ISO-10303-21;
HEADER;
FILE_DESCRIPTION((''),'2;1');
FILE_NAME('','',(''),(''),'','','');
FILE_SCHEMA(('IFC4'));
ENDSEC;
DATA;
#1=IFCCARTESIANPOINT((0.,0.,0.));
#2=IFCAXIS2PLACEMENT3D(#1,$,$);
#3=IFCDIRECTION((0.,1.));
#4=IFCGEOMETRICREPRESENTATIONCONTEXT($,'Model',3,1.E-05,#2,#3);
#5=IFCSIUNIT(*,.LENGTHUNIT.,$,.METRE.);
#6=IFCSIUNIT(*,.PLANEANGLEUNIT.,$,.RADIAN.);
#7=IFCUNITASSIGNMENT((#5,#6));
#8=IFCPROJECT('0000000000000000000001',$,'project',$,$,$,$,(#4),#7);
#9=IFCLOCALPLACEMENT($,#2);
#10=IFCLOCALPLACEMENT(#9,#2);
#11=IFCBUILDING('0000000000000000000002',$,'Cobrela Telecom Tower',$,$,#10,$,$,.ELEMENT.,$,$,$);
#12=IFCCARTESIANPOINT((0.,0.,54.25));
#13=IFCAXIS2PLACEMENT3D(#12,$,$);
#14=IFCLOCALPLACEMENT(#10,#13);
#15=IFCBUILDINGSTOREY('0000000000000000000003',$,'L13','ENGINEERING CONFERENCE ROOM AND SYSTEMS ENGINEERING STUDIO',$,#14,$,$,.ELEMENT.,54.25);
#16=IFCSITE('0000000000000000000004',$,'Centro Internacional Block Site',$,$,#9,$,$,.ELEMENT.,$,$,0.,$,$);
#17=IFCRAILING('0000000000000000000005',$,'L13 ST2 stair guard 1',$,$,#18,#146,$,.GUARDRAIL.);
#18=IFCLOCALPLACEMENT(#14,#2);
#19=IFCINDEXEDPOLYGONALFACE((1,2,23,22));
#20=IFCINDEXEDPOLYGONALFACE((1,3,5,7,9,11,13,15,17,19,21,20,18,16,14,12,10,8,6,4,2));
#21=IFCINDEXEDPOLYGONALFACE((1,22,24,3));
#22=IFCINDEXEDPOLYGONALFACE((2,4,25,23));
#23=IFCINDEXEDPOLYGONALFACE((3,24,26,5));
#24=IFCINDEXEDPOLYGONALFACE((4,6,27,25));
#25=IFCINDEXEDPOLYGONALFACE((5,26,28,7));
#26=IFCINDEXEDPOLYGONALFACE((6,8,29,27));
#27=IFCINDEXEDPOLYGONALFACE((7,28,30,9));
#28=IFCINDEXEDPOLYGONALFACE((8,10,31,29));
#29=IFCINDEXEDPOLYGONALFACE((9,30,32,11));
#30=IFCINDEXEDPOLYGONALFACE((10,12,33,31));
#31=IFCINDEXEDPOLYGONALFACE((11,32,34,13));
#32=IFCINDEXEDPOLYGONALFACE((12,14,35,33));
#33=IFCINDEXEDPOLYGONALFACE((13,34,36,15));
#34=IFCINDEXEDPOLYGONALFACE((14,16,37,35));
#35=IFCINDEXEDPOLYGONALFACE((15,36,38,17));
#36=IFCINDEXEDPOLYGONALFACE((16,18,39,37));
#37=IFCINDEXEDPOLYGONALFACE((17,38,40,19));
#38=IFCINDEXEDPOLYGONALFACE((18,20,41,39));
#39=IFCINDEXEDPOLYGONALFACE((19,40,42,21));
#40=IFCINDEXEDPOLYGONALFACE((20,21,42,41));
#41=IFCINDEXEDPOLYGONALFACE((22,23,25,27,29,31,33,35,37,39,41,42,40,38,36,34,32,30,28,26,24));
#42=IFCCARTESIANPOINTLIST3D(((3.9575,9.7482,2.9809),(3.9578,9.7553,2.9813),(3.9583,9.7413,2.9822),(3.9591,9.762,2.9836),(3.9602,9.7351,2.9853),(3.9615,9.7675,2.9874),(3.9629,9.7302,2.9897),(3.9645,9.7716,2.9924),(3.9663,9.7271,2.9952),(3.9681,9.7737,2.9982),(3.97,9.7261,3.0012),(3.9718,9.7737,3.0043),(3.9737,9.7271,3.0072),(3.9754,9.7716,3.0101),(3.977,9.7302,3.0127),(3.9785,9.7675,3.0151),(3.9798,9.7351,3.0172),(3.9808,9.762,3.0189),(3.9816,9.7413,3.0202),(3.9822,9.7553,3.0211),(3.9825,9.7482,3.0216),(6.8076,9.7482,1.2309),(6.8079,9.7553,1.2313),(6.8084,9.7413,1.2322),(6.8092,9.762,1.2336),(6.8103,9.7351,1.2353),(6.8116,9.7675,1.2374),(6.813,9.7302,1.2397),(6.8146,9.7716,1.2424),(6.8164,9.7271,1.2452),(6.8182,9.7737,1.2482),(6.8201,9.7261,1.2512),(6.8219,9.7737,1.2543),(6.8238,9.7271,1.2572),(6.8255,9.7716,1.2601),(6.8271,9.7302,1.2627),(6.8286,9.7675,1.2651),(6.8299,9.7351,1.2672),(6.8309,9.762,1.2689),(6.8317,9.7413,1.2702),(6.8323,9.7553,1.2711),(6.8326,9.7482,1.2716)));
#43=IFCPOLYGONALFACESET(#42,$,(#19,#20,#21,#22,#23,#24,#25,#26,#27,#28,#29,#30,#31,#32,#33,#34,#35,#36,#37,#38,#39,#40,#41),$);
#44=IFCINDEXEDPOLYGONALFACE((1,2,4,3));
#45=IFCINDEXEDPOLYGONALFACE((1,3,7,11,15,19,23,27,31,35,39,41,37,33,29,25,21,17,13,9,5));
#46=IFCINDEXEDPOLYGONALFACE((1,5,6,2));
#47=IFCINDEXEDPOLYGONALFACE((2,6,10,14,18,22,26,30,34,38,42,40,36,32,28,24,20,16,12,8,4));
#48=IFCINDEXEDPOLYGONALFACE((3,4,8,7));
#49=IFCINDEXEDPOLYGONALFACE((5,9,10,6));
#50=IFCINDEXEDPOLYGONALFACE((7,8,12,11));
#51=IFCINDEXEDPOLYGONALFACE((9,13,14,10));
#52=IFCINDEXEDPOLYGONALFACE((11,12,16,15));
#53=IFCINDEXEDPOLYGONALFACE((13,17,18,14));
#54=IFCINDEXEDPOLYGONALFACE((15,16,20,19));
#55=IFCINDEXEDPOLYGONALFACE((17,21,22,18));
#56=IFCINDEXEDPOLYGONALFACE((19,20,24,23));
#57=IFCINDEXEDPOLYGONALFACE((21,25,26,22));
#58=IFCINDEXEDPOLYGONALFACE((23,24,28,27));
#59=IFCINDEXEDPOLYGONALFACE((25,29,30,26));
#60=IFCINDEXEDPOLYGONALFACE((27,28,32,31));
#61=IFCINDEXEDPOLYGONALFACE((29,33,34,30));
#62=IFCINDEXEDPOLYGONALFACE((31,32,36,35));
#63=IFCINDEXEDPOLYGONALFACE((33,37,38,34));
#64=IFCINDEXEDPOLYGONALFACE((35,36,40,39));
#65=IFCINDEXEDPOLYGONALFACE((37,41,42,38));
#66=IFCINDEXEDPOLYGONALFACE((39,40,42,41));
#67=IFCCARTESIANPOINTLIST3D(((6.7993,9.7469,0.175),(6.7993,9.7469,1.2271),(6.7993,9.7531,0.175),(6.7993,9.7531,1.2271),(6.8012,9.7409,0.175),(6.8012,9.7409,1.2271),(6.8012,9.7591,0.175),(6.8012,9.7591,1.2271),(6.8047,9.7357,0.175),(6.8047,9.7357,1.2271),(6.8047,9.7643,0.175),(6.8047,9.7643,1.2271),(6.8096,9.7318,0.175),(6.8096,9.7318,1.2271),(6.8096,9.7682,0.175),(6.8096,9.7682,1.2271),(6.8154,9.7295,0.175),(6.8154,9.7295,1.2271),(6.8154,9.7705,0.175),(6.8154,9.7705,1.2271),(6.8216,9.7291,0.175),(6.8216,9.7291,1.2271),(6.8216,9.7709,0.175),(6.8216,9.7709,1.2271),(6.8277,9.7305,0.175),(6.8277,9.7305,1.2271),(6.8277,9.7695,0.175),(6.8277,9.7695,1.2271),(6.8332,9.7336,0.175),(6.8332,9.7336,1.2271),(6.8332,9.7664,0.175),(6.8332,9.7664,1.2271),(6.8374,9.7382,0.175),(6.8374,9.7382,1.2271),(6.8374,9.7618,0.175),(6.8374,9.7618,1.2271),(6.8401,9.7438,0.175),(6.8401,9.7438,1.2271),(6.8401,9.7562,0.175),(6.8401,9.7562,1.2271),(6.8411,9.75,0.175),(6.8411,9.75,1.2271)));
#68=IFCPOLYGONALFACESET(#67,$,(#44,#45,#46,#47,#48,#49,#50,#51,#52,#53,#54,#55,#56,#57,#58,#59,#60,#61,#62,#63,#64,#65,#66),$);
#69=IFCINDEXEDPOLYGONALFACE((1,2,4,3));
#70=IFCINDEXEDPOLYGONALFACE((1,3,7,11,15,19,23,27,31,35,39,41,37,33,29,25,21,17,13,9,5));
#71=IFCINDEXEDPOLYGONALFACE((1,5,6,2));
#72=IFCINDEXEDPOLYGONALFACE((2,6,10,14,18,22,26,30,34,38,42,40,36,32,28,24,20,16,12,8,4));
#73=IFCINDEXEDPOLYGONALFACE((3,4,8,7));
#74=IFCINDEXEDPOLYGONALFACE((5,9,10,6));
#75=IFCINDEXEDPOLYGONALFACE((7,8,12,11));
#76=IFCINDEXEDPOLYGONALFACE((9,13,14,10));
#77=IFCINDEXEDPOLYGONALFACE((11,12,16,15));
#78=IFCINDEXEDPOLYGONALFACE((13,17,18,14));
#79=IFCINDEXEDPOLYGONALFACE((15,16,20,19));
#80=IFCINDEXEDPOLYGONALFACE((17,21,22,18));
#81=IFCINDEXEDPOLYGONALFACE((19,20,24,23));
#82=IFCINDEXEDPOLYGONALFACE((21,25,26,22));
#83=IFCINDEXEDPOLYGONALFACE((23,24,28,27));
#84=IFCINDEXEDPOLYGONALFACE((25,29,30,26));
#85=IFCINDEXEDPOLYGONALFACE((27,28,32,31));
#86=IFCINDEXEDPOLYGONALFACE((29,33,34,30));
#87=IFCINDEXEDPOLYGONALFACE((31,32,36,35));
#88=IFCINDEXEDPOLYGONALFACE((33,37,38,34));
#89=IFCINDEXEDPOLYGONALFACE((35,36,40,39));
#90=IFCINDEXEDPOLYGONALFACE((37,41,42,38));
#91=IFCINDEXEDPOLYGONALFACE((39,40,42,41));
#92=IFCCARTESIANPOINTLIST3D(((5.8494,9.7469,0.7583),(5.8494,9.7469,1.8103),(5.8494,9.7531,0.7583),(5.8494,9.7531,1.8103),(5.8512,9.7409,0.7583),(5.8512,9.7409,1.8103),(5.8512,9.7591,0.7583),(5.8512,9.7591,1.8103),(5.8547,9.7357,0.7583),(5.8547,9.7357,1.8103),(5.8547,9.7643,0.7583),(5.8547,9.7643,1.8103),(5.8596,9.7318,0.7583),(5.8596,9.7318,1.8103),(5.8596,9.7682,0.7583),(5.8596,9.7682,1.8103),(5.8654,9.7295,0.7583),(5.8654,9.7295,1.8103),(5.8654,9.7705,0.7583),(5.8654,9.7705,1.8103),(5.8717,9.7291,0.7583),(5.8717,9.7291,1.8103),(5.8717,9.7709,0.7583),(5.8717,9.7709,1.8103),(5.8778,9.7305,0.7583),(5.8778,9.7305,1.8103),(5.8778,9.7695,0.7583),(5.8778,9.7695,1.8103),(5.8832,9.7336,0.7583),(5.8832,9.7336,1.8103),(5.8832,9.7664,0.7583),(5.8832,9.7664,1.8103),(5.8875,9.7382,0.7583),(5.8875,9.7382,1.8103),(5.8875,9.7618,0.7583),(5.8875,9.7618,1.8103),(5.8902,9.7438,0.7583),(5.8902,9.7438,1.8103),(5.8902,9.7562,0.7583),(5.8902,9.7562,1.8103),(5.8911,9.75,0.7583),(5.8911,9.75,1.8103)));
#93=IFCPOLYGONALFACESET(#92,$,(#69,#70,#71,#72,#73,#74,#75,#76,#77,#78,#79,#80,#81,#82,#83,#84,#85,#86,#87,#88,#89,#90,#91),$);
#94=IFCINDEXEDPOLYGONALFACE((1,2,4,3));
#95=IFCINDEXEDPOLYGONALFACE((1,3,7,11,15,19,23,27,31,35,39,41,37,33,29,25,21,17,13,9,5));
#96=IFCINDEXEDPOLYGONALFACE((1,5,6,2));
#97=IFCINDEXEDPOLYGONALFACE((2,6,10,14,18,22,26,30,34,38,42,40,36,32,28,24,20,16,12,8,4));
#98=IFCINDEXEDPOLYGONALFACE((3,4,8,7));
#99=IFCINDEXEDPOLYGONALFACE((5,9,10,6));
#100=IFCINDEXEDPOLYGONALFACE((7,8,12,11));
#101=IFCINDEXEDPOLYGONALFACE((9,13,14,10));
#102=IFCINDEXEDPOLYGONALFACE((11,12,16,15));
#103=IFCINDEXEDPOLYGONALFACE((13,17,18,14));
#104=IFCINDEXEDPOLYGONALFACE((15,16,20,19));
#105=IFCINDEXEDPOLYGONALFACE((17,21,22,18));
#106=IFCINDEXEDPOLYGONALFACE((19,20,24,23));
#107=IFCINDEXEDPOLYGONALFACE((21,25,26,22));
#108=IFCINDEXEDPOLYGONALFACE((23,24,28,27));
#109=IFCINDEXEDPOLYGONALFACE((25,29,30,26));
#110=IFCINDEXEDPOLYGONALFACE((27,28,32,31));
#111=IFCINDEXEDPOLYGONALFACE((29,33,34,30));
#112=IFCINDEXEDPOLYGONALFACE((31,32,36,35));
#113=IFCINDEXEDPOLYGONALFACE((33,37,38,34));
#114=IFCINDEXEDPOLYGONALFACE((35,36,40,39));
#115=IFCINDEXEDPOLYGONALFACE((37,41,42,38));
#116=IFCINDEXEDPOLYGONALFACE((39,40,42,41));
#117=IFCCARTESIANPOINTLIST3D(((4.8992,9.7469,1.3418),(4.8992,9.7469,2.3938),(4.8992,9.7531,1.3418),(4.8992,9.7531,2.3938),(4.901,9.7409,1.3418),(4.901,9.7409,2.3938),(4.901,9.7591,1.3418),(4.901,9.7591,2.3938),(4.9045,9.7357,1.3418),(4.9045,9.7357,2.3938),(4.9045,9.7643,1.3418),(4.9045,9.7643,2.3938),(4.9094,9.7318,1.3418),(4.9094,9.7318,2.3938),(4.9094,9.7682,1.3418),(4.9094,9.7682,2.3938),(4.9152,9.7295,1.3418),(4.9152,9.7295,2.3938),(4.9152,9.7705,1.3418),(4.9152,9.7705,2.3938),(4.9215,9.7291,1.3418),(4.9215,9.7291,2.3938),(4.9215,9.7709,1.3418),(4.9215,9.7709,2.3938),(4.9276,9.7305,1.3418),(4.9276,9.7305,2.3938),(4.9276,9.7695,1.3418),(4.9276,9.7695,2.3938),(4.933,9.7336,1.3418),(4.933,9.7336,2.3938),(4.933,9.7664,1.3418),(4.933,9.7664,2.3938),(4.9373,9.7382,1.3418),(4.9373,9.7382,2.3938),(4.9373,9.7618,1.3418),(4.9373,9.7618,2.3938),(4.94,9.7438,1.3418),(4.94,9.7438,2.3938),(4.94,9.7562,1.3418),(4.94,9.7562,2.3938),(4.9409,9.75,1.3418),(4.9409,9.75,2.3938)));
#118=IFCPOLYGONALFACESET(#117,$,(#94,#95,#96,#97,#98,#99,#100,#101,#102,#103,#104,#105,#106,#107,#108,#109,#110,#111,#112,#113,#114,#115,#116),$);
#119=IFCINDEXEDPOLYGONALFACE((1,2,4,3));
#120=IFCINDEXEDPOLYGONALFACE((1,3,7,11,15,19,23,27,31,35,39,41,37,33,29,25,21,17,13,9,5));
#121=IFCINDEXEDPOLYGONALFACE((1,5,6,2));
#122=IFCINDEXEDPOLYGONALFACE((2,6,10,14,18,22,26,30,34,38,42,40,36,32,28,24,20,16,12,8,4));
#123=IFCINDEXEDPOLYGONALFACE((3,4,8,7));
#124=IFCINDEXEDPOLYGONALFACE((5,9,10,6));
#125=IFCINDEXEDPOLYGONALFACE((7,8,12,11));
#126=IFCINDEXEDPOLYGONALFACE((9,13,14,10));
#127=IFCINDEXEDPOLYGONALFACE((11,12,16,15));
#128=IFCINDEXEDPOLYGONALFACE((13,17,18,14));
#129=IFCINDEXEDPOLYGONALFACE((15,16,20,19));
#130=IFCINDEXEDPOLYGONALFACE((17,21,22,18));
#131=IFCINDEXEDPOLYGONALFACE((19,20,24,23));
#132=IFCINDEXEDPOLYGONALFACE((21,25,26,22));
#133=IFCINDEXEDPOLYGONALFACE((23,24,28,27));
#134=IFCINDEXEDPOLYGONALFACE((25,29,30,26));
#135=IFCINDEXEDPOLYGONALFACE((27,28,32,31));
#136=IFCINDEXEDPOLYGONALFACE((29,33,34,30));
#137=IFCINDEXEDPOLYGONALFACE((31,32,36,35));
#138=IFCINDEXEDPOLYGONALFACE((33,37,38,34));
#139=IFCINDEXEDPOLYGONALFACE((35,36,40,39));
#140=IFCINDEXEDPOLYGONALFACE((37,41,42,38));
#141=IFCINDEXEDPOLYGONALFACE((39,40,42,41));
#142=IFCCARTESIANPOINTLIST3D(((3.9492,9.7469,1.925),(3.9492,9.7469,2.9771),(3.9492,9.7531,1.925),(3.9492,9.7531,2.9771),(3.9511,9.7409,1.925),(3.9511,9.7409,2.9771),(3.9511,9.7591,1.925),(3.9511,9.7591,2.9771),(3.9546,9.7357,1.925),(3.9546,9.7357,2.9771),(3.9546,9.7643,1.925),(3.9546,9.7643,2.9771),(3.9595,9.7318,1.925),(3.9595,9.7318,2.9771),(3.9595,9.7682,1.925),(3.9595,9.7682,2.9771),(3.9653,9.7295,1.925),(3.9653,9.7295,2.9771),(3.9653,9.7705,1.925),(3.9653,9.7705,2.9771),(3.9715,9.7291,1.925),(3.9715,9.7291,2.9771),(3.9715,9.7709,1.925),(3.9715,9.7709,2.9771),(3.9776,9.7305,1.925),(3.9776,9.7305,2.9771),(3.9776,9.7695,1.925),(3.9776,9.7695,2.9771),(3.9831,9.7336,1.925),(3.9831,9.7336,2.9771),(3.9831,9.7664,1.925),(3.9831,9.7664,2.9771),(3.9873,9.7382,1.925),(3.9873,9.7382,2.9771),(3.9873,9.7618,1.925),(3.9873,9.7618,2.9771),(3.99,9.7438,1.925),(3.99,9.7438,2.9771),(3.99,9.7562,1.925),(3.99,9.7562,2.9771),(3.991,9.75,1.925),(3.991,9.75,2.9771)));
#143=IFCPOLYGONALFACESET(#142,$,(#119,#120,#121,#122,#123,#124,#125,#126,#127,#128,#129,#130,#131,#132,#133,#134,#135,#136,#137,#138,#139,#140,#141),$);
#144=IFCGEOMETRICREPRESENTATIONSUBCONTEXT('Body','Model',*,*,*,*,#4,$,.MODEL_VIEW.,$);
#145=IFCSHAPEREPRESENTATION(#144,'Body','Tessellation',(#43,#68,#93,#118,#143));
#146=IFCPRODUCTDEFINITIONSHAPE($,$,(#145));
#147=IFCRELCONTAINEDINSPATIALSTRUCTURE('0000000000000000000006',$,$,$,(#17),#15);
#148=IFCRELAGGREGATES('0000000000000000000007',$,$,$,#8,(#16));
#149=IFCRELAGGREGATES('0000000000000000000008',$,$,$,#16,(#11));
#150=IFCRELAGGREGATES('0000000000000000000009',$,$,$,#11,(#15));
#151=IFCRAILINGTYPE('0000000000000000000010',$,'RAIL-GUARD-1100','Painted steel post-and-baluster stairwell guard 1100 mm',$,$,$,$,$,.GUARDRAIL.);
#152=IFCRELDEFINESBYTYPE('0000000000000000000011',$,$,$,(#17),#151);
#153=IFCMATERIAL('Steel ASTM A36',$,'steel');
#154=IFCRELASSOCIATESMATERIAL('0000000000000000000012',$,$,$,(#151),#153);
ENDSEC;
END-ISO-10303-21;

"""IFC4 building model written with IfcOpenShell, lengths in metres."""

from ifc_helpers import new_model, si_unit, direction, frame, origin, origin_2d, place, context, subcontext, project, spatial, circle, extrude, material, type_object, element, save


model = new_model("IFC4")

# Units and contexts
model_context = context("Model", 3, precision=1e-05, world=origin(), true_north=direction((0.0, 1.0)))
body_context = subcontext(model_context, "Body", "Model", "MODEL_VIEW")
ifc_project = project(units=[si_unit("LENGTHUNIT", "METRE"), si_unit("PLANEANGLEUNIT", "RADIAN")], contexts=[model_context])

# Site, building, storey
site_placement = place(None, origin())
site = spatial("IfcSite", under=ifc_project, at=site_placement, Name="Centro Internacional Block Site", CompositionType="ELEMENT", RefElevation=0.0)
building_placement = place(site_placement, origin())
building = spatial("IfcBuilding", under=site, at=building_placement, Name="Cobrela Telecom Tower", CompositionType="ELEMENT")
storey_placement = place(building_placement, frame((0.0, 0.0, 54.25)))
storey = spatial("IfcBuildingStorey", under=building, at=storey_placement, Name="L13", Description="ENGINEERING CONFERENCE ROOM AND SYSTEMS ENGINEERING STUDIO", CompositionType="ELEMENT", Elevation=54.25)

# Railing
ifc_material_1 = material(Name="Steel ASTM A36", Category="steel")
railing_type_1 = type_object("IfcRailingType", Name="RAIL-GUARD-1100", Description="Painted steel post-and-baluster stairwell guard 1100 mm", PredefinedType="GUARDRAIL", material=ifc_material_1)
railing_1_placement = place(storey_placement, frame((6.8201, 9.75, 0.175)))
element("IfcRailing", 1, at=railing_1_placement, inside=storey, type_object=railing_type_1, Name="L13 ST2 stair guard 1", PredefinedType="GUARDRAIL", context=body_context, shape_type="SweptSolid", body=[
    extrude(circle(Radius=0.0239, at=origin_2d()), frame((0.0, 0.0, 1.0762), z_axis=(-0.852179, 0.0, 0.52325), x_axis=(0.0, -1.0, 0.0)), (0.0, 0.0, 1.0), 3.3445),
    extrude(circle(Radius=0.021, at=origin_2d()), origin(), (0.0, 0.0, 1.0), 1.052),
    extrude(circle(Radius=0.021, at=origin_2d()), frame((-0.95, 0.0, 0.5833)), (0.0, 0.0, 1.0), 1.052),
    extrude(circle(Radius=0.021, at=origin_2d()), frame((-1.9001, 0.0, 1.1667)), (0.0, 0.0, 1.0), 1.052),
    extrude(circle(Radius=0.021, at=origin_2d()), frame((-2.8501, 0.0, 1.75)), (0.0, 0.0, 1.0), 1.052),
])

save(model, "model.ifc")
